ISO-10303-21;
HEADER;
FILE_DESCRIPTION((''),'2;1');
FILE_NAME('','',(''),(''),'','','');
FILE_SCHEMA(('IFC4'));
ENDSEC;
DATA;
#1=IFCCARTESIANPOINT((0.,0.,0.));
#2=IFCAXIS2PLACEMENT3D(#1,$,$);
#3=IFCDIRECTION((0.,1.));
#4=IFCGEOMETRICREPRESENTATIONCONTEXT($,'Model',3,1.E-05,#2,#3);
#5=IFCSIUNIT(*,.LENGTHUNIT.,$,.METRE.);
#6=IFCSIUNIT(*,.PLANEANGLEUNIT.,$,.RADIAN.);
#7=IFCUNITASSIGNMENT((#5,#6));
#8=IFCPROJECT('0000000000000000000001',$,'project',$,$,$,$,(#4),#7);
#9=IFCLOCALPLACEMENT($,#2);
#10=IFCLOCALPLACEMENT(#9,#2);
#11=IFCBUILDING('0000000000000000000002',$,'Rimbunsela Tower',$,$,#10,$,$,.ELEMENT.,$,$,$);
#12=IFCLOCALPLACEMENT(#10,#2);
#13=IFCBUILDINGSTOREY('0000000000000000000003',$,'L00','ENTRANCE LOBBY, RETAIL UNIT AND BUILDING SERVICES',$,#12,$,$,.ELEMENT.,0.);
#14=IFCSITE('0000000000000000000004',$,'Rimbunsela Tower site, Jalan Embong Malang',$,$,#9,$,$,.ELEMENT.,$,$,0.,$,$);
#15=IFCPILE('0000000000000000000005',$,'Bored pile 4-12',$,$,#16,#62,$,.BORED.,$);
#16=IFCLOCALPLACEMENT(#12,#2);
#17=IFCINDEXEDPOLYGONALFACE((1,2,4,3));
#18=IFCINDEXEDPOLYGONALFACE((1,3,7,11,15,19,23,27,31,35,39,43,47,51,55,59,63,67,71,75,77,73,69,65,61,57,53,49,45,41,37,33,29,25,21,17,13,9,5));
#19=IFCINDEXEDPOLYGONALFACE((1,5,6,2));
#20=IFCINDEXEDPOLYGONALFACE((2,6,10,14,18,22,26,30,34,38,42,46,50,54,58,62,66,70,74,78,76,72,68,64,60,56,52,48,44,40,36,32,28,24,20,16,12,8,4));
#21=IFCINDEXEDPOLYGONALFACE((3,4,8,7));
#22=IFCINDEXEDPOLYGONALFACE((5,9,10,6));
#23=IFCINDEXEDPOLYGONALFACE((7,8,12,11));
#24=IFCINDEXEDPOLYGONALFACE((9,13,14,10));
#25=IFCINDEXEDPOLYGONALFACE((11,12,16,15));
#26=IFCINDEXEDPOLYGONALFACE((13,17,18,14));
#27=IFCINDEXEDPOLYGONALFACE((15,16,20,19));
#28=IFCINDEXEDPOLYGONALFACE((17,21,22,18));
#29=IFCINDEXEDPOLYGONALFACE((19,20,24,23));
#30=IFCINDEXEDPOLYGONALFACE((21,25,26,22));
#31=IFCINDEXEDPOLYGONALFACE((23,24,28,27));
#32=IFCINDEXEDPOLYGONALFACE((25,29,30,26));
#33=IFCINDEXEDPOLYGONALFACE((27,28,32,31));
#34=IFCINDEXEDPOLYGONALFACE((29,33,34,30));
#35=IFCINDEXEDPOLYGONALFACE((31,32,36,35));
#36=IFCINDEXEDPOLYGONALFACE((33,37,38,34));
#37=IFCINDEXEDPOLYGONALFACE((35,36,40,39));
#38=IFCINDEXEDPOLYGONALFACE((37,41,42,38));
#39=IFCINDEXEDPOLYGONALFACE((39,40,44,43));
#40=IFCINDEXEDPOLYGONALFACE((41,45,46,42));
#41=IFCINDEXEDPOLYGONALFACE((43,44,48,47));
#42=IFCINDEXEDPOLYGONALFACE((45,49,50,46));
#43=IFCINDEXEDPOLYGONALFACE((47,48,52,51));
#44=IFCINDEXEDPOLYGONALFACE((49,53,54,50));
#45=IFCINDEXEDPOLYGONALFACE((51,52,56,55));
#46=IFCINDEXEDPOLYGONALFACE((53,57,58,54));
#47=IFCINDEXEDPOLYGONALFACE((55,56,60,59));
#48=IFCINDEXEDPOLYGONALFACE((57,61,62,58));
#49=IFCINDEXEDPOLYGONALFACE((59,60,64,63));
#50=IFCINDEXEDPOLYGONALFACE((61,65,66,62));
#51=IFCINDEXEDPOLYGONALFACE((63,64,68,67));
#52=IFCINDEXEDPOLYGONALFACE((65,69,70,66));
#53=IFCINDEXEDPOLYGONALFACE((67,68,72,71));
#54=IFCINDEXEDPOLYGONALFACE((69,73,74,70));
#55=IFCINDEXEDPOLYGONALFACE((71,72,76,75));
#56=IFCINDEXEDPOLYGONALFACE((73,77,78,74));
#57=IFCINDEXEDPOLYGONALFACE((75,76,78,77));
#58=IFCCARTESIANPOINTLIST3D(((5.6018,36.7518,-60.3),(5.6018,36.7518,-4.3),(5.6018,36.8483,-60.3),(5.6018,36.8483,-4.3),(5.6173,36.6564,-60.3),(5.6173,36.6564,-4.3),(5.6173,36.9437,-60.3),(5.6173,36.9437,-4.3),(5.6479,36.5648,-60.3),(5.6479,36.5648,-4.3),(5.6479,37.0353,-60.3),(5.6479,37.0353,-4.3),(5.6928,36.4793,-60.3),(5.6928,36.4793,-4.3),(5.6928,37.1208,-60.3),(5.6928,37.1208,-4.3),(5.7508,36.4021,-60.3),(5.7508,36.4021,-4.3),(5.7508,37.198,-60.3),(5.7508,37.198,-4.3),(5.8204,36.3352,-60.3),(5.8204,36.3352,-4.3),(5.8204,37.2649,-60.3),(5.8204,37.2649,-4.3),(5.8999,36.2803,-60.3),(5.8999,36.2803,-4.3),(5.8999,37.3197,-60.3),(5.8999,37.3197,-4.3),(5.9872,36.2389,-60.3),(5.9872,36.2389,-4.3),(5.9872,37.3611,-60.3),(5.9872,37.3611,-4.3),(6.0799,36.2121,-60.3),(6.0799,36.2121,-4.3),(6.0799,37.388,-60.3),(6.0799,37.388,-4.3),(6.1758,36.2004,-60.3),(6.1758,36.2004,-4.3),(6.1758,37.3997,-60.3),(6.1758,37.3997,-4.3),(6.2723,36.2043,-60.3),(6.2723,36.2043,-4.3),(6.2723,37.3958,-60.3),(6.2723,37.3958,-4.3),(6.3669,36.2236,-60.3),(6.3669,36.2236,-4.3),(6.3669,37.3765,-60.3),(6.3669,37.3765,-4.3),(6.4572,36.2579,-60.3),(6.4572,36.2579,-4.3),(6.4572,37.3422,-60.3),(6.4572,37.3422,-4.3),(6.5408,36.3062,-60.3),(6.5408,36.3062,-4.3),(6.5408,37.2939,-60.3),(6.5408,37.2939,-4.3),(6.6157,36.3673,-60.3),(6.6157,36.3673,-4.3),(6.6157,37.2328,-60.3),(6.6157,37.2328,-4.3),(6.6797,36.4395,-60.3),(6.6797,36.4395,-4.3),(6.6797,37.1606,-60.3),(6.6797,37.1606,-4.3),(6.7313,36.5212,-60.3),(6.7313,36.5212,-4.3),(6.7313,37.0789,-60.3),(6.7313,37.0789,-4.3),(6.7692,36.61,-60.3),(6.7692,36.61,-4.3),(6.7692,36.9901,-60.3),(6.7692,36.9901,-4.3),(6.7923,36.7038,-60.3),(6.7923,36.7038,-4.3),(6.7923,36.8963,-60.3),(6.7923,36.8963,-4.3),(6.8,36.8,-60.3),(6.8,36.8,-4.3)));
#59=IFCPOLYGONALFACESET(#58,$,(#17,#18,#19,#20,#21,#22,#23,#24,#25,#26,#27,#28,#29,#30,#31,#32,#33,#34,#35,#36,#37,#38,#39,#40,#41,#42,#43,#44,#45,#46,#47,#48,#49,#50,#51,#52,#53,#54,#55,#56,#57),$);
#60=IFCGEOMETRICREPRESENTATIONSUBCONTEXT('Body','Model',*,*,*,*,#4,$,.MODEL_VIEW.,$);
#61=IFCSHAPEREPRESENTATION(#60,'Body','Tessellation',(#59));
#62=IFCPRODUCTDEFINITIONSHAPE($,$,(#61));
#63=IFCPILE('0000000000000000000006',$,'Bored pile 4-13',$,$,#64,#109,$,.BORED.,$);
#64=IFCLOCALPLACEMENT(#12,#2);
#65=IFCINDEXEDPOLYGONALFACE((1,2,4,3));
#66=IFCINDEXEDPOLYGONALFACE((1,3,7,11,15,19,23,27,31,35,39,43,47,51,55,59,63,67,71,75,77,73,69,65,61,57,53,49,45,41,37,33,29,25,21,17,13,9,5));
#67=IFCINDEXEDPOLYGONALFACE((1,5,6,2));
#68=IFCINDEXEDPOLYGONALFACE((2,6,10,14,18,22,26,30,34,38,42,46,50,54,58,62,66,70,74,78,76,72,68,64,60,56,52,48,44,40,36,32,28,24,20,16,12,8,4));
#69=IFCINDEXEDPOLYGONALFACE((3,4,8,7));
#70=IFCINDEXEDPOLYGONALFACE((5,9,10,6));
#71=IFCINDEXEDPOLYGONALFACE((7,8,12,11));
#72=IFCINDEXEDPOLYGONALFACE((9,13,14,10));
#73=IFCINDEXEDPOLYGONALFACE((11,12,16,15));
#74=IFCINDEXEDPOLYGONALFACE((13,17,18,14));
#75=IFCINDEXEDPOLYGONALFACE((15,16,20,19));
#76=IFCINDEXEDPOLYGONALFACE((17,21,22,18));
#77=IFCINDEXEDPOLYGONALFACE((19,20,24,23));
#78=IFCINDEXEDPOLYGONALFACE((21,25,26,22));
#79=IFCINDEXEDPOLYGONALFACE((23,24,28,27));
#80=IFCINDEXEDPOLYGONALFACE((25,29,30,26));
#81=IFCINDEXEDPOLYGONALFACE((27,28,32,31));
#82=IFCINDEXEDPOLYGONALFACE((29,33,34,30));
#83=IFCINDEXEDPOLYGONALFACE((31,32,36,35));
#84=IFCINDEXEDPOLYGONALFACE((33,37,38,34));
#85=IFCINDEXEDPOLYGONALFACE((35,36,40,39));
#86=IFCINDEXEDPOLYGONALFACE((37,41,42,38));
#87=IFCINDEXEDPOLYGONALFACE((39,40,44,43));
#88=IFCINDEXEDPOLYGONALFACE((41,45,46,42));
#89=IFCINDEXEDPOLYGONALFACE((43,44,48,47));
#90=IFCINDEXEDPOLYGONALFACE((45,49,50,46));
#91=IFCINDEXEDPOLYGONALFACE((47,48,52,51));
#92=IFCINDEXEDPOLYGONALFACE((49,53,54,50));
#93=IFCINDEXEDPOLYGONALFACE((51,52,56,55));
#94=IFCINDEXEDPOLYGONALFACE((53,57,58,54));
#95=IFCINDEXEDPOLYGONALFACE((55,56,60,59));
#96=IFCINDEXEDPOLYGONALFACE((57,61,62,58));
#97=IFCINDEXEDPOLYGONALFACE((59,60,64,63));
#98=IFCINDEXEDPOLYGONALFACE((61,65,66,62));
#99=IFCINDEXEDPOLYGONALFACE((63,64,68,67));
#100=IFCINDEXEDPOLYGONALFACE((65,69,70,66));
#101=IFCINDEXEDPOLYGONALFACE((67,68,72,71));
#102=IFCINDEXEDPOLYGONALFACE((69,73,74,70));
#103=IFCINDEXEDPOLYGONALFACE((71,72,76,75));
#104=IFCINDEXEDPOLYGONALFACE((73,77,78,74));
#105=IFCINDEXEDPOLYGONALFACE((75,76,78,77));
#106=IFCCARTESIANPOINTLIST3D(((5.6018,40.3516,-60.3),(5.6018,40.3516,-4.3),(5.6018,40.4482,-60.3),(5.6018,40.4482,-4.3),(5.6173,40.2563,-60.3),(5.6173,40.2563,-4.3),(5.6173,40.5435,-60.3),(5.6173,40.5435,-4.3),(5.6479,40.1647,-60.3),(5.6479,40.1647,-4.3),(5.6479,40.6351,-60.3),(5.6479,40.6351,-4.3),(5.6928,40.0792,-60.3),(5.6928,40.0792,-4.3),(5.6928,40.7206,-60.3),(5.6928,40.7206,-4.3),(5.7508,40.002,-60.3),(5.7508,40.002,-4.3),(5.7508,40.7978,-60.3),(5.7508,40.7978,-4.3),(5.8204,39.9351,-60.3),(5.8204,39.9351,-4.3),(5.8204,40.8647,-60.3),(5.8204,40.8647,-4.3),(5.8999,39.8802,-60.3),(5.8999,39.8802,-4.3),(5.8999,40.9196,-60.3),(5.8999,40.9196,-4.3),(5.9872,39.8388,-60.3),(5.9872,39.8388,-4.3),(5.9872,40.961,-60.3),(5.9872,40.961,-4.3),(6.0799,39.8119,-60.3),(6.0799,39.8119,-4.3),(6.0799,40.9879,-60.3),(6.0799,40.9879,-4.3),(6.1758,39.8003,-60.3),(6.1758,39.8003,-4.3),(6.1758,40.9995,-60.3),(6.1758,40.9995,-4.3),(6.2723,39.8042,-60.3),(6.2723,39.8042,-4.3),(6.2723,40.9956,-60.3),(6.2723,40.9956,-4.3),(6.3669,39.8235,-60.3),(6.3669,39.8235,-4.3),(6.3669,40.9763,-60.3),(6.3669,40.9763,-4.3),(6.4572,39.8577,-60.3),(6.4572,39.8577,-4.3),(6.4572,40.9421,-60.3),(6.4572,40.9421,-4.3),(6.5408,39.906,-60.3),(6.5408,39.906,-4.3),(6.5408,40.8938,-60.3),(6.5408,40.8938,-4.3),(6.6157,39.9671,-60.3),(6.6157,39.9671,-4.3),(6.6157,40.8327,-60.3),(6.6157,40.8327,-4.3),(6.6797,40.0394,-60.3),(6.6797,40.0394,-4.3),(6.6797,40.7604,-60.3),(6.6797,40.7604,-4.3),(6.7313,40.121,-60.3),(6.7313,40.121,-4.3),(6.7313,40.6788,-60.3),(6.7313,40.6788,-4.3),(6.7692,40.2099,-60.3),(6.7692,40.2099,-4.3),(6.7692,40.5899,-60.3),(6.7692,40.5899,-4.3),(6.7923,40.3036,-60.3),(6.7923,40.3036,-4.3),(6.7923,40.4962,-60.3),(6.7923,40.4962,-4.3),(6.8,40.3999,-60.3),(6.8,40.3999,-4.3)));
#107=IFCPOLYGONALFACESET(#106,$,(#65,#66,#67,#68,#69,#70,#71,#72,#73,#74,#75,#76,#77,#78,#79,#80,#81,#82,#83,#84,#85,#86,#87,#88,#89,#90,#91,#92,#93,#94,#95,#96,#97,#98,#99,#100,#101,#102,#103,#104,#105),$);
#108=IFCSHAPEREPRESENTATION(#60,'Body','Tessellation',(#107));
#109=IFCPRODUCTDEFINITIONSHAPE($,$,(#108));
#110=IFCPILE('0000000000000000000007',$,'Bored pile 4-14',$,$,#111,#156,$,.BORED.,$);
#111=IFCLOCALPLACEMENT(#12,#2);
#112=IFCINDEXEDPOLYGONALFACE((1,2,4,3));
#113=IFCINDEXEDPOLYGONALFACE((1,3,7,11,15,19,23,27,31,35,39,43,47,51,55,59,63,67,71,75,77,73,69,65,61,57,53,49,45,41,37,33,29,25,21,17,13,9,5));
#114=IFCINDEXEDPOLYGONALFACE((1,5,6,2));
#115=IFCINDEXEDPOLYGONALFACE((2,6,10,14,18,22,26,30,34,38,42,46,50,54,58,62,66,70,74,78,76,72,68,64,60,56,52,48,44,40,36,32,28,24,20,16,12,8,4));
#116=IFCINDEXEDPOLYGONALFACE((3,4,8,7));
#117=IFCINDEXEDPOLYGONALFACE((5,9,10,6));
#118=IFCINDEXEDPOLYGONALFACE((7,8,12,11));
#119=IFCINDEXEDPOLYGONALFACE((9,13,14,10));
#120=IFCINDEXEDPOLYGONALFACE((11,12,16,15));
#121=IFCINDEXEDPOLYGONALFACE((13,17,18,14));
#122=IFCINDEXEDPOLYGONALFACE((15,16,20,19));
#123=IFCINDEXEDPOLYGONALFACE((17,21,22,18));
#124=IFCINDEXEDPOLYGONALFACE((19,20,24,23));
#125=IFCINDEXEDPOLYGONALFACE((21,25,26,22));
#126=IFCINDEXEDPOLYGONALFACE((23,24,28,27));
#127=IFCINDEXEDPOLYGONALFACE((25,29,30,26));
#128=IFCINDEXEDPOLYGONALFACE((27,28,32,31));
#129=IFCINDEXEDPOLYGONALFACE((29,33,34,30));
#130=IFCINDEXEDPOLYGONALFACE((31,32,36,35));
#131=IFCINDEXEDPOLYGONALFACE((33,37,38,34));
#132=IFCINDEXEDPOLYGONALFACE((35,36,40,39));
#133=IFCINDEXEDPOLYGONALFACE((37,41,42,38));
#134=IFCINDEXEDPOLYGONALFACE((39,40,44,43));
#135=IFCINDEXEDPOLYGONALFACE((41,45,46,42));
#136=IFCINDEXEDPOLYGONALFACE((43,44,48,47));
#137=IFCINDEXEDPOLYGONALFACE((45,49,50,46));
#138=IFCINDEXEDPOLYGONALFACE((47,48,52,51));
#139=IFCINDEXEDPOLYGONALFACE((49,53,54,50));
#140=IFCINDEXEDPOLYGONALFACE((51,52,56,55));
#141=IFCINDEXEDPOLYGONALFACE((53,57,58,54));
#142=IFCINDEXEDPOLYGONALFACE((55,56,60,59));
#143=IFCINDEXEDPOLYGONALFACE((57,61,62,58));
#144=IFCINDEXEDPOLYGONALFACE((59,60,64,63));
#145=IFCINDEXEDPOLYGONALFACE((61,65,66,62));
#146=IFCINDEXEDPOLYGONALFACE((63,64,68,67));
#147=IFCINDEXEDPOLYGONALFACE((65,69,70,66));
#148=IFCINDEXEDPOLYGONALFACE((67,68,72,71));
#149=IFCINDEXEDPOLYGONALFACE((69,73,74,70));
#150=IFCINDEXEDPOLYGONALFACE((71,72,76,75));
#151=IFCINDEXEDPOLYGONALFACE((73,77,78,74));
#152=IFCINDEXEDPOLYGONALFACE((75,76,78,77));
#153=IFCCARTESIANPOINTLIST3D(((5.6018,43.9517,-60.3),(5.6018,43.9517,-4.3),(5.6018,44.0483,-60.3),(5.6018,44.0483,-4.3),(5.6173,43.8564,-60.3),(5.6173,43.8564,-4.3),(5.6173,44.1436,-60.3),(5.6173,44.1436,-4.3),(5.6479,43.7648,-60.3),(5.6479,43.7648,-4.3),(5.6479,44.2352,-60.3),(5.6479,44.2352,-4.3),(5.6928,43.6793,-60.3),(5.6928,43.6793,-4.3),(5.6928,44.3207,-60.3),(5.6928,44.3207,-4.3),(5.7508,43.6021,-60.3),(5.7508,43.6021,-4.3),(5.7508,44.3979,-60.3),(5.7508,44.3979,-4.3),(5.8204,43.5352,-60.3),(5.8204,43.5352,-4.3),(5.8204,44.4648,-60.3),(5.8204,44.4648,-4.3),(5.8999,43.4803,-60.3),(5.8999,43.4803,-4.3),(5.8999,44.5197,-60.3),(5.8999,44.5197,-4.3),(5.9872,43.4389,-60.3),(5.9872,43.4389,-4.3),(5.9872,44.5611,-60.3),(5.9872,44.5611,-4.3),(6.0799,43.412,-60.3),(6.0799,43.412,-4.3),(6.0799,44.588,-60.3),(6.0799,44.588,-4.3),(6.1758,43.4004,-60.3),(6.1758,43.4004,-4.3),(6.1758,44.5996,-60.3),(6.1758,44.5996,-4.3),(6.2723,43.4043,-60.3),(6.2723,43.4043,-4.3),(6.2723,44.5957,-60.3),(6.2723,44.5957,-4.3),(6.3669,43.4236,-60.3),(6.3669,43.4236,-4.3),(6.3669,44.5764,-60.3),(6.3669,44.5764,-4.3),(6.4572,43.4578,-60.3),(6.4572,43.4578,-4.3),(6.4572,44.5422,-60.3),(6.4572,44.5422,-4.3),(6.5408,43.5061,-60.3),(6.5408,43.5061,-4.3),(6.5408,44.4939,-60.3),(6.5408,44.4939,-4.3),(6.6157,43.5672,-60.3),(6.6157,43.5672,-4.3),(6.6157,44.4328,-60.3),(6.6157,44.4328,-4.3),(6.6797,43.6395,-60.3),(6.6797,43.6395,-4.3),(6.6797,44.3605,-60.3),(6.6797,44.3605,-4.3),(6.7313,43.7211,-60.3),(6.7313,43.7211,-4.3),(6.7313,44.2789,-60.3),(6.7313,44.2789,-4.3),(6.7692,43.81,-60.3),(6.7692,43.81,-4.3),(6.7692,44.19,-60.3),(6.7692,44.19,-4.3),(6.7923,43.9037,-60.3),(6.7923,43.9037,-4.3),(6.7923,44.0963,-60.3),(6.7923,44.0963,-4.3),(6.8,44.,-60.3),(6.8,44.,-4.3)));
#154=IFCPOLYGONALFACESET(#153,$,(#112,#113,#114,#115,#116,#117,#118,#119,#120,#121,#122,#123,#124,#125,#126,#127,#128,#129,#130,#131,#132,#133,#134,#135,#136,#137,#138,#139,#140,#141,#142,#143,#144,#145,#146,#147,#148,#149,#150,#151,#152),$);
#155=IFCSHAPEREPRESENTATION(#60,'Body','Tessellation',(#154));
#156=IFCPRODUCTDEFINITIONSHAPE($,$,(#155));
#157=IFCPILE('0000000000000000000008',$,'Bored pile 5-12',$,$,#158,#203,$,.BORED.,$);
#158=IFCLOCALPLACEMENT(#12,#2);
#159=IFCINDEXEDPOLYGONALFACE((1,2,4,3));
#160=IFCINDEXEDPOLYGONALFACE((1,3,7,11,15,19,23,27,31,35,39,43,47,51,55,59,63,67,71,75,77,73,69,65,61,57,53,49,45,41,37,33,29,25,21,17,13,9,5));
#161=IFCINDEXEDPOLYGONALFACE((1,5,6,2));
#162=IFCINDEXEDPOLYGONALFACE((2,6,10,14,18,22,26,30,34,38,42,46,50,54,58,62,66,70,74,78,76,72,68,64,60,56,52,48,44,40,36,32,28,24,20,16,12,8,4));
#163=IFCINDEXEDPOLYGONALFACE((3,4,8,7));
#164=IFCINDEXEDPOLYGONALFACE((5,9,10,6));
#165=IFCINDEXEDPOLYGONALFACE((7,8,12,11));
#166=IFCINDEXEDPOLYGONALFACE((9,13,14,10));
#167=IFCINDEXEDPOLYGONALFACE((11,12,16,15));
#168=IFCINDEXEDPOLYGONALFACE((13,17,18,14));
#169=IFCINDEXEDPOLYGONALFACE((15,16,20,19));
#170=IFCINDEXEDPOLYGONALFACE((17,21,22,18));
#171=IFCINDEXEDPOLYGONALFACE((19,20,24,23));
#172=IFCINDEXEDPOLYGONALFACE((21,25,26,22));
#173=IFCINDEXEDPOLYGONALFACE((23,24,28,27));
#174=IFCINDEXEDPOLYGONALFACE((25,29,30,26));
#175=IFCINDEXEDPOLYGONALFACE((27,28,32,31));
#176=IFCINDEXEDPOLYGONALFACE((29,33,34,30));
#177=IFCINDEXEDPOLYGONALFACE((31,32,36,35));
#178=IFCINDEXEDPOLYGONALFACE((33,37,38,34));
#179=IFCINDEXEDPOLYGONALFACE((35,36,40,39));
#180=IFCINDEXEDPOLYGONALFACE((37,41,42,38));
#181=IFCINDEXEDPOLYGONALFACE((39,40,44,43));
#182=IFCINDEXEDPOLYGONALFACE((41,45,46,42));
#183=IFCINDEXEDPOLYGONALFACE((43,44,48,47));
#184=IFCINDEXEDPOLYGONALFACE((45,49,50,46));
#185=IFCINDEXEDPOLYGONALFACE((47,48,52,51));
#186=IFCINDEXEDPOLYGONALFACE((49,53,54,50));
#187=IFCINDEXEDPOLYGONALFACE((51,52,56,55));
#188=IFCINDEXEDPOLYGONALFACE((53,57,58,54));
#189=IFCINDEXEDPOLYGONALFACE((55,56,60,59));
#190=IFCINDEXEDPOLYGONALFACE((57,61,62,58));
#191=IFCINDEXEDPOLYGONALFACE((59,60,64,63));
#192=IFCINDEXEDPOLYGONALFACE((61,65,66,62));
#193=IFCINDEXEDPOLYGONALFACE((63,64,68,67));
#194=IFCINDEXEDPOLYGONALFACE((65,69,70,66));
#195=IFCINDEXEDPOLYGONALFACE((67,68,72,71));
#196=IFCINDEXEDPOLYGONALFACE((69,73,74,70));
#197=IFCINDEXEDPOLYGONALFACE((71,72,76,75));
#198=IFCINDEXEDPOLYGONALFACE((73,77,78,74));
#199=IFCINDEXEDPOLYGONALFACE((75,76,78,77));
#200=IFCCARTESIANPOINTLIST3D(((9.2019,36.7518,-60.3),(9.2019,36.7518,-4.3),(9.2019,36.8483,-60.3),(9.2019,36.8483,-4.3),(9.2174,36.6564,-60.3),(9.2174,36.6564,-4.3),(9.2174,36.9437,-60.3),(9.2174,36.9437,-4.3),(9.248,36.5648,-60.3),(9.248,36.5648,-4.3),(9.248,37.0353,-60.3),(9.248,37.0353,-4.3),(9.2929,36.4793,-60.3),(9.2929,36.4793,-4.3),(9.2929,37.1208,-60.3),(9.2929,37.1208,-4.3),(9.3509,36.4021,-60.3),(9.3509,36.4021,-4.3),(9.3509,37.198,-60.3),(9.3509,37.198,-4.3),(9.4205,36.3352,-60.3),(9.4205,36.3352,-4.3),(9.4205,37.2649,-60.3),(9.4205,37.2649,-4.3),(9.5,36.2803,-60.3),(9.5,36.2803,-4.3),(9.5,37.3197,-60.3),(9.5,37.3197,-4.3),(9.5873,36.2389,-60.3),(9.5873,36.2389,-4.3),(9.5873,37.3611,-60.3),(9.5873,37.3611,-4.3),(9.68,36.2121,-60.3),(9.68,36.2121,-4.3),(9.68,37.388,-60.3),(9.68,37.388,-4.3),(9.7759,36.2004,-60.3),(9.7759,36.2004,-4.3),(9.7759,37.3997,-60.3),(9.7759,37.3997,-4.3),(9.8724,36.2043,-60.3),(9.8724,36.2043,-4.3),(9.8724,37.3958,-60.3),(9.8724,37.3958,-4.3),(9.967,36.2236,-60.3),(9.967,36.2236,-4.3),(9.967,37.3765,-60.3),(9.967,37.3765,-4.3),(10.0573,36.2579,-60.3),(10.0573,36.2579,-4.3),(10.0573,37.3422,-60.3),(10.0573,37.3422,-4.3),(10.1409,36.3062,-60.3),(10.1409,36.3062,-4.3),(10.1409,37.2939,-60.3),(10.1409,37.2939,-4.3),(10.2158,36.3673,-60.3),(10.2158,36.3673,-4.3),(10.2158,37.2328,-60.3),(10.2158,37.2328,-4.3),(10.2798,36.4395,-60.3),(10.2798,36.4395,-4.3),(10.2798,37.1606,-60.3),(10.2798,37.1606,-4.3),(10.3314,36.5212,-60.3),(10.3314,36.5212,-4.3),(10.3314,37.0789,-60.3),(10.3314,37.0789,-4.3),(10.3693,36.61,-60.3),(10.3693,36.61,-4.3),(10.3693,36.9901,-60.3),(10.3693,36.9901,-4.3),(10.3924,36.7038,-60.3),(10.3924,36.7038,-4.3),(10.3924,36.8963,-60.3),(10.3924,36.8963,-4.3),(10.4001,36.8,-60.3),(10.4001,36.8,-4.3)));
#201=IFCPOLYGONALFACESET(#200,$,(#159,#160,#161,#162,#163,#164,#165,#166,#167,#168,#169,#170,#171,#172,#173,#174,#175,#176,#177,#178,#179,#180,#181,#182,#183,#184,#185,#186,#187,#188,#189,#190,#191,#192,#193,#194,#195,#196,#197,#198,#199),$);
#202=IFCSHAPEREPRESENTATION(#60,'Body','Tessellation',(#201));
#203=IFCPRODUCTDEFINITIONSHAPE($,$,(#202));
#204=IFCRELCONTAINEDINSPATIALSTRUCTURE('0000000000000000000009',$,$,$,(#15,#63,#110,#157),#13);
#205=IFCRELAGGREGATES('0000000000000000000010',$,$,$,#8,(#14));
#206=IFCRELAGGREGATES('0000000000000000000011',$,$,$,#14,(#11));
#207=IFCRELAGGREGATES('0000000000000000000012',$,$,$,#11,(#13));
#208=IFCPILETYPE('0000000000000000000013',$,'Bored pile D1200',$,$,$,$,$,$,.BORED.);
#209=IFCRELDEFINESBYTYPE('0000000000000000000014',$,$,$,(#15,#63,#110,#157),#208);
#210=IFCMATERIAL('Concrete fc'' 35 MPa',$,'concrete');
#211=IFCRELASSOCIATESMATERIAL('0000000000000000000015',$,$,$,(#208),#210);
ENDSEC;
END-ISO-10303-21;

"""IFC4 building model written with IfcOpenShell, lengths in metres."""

from ifc_helpers import new_model, si_unit, direction, frame, origin, origin_2d, place, context, subcontext, project, spatial, circle, extrude, material, material_profile, profile_set, type_object, element, save


model = new_model("IFC4")

# Units and contexts
model_context = context("Model", 3, precision=1e-05, world=origin(), true_north=direction((0.0, 1.0)))
body_context = subcontext(model_context, "Body", "Model", "MODEL_VIEW")
ifc_project = project(units=[si_unit("LENGTHUNIT", "METRE"), si_unit("PLANEANGLEUNIT", "RADIAN")], contexts=[model_context])

# Site, building, storey
site_placement = place(None, origin())
site = spatial("IfcSite", under=ifc_project, at=site_placement, Name="Rimbunsela Tower site, Jalan Embong Malang", CompositionType="ELEMENT", RefElevation=0.0)
building_placement = place(site_placement, origin())
building = spatial("IfcBuilding", under=site, at=building_placement, Name="Rimbunsela Tower", CompositionType="ELEMENT")
storey_placement = place(building_placement, origin())
storey = spatial("IfcBuildingStorey", under=building, at=storey_placement, Name="L00", Description="ENTRANCE LOBBY, RETAIL UNIT AND BUILDING SERVICES", CompositionType="ELEMENT", Elevation=0.0)

# Piles
ifc_material_1 = material(Name="Concrete fc' 35 MPa", Category="concrete")
ifc_material_profile_1 = material_profile(ifc_material_1, circle(Radius=0.6001, at=origin_2d()), Name="BP D1200")
ifc_profile_set_1 = profile_set([ifc_material_profile_1], Name="Concrete fc' 35 MPa")
pile_type = type_object("IfcPileType", Name="Bored pile D1200", PredefinedType="BORED", material=ifc_profile_set_1)
for number, where, z_axis, x_axis, name in (
    (1, (6.2, 36.8, -4.3), (0.0, 0.0, -1.0), (1.0, 0.0, 0.0), "Bored pile 4-12"),
    (2, (6.2, 40.3999, -4.3), (0.0, 0.0, -1.0), (1.0, 0.0, 0.0), "Bored pile 4-13"),
    (3, (6.2, 44.0, -4.3), (0.0, 0.0, -1.0), (1.0, 0.0, 0.0), "Bored pile 4-14"),
    (4, (9.8, 36.8, -4.3), (0.0, 0.0, -1.0), (1.0, 0.0, 0.0), "Bored pile 5-12"),
):
    element("IfcPile", number, at=place(storey_placement, frame(where, z_axis=z_axis, x_axis=x_axis)), inside=storey, type_object=pile_type, Name=name, PredefinedType="BORED", context=body_context, shape_type="SweptSolid", body=[
        extrude(circle(Radius=0.6001, at=origin_2d()), origin(), (0.0, 0.0, 1.0), 56.0),
    ])

save(model, "model.ifc")
